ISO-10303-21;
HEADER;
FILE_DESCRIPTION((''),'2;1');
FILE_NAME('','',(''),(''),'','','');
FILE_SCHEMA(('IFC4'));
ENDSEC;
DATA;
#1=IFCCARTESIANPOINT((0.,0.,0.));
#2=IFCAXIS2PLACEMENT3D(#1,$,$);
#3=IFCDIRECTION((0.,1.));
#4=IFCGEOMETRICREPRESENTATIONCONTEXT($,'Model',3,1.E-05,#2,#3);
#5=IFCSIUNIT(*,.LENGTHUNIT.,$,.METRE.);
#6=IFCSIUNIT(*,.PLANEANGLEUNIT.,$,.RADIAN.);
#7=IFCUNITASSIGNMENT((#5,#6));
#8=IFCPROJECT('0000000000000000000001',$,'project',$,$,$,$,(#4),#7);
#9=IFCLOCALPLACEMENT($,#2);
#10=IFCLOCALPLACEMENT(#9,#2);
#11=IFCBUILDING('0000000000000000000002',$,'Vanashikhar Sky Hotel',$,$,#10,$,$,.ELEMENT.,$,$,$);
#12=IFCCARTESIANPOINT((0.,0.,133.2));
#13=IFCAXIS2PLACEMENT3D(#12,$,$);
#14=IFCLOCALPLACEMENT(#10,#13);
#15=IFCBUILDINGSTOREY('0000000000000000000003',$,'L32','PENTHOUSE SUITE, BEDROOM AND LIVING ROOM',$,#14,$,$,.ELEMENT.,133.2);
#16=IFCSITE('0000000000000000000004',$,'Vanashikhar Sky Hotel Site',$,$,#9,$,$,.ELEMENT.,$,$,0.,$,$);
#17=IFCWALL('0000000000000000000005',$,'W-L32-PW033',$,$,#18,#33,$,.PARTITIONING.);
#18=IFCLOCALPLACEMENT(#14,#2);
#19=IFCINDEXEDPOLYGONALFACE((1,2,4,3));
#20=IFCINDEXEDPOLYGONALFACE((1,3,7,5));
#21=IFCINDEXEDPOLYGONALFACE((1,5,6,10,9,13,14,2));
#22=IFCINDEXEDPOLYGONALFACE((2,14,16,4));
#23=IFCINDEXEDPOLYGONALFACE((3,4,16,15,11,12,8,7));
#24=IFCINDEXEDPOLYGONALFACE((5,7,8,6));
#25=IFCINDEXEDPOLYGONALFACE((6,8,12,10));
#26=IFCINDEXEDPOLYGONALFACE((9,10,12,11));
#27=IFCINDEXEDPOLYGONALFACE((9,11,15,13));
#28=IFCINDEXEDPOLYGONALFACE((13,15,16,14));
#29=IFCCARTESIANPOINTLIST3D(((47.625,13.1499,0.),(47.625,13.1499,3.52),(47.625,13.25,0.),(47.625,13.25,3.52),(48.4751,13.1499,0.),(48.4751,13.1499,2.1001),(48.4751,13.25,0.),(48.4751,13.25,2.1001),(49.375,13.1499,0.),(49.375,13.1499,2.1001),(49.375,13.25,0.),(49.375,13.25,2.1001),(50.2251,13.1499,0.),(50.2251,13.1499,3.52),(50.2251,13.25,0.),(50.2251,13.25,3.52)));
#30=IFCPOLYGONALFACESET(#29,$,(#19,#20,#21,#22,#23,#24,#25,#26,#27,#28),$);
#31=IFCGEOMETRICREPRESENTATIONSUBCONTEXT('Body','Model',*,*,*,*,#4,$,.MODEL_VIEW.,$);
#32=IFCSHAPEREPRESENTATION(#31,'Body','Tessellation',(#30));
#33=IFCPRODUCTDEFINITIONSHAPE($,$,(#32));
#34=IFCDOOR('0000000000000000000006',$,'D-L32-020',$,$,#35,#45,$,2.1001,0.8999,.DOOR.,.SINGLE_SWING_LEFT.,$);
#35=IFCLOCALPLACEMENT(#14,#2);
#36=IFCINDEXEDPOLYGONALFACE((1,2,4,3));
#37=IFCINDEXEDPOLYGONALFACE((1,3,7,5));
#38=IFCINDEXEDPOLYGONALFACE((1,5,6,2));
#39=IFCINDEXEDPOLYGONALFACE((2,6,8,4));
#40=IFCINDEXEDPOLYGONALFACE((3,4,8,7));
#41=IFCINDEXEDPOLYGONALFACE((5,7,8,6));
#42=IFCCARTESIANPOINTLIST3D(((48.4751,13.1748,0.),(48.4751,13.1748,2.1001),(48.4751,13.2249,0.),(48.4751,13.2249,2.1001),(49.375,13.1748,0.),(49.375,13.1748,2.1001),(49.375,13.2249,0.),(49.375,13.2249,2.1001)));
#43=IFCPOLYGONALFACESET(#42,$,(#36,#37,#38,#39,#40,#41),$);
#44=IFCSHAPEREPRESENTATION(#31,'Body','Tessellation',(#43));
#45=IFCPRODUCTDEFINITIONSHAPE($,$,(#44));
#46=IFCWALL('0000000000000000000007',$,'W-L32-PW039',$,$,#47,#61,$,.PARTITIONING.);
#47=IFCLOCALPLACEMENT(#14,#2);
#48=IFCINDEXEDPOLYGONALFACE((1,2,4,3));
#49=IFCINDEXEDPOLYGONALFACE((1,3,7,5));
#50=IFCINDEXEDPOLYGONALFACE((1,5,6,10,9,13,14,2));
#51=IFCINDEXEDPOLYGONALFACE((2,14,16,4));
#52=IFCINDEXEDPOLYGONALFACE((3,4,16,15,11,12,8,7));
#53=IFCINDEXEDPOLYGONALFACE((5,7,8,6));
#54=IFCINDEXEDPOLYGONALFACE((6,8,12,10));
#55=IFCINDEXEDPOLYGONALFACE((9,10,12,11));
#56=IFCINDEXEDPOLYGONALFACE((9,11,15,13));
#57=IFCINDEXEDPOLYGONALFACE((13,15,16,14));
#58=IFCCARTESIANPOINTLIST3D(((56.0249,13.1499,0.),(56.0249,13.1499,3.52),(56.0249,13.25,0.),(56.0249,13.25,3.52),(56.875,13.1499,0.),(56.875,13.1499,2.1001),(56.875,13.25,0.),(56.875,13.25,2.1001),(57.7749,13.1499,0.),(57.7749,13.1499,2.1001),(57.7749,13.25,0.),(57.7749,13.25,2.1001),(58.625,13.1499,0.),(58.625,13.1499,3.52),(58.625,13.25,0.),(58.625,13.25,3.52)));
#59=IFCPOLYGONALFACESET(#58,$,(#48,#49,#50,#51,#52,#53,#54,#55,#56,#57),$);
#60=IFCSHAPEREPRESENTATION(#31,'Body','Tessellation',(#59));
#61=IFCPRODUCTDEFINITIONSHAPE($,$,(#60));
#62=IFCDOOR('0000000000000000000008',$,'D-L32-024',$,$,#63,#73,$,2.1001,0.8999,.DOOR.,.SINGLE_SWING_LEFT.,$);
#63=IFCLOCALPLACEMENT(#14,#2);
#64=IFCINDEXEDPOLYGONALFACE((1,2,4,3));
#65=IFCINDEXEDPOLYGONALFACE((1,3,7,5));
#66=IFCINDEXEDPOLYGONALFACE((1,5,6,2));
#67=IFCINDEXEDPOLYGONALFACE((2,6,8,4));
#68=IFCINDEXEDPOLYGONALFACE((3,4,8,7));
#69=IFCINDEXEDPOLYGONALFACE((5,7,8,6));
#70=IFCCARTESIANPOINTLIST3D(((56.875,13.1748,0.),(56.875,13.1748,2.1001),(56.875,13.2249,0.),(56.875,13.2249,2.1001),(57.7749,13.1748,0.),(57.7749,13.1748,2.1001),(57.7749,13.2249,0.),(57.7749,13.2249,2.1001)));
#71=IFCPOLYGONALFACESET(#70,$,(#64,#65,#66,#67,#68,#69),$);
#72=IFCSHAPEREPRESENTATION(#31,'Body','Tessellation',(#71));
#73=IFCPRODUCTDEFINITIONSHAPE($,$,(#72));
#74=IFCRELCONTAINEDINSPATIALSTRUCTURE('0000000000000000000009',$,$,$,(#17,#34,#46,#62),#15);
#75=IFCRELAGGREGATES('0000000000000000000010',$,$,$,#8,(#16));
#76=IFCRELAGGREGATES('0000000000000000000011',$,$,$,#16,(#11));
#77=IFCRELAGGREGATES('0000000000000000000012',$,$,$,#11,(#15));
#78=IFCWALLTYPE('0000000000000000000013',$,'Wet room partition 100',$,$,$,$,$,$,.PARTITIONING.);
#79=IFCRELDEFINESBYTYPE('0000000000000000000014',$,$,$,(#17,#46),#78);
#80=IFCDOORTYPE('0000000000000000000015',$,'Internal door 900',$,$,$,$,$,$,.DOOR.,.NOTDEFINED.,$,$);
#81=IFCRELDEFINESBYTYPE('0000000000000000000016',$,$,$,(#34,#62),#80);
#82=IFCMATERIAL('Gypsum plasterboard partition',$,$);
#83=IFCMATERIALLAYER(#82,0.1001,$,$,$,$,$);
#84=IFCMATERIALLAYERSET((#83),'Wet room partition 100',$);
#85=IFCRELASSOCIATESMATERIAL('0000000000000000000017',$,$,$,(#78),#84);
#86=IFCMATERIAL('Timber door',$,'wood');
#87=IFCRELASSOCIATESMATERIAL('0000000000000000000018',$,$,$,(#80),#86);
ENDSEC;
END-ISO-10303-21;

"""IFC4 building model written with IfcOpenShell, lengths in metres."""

from ifc_helpers import new_model, si_unit, direction, frame, frame_2d, origin, place, context, subcontext, project, spatial, rectangle, extrude, source, transform, mapped, material, layer, layer_set, type_object, element, fill, save


model = new_model("IFC4")

# Units and contexts
model_context = context("Model", 3, precision=1e-05, world=origin(), true_north=direction((0.0, 1.0)))
body_context = subcontext(model_context, "Body", "Model", "MODEL_VIEW")
ifc_project = project(units=[si_unit("LENGTHUNIT", "METRE"), si_unit("PLANEANGLEUNIT", "RADIAN")], contexts=[model_context])

# Site, building, storey
site_placement = place(None, origin())
site = spatial("IfcSite", under=ifc_project, at=site_placement, Name="Vanashikhar Sky Hotel Site", CompositionType="ELEMENT", RefElevation=0.0)
building_placement = place(site_placement, origin())
building = spatial("IfcBuilding", under=site, at=building_placement, Name="Vanashikhar Sky Hotel", CompositionType="ELEMENT")
storey_placement = place(building_placement, frame((0.0, 0.0, 133.2)))
storey = spatial("IfcBuildingStorey", under=building, at=storey_placement, Name="L32", Description="PENTHOUSE SUITE, BEDROOM AND LIVING ROOM", CompositionType="ELEMENT", Elevation=133.2)

# Shared definitions
ifc_material_1 = material(Name="Gypsum plasterboard partition")
ifc_layer_1 = layer(ifc_material_1, 0.1001)
ifc_layer_set_1 = layer_set([ifc_layer_1], Name="Wet room partition 100")
wall_type_1 = type_object("IfcWallType", Name="Wet room partition 100", PredefinedType="PARTITIONING", material=ifc_layer_set_1)
shared_shape_1 = source(origin(), body_context, "Body", "SweptSolid", [
    extrude(rectangle(XDim=0.8999, YDim=2.1001, at=frame_2d((0.45, 1.05))), frame((0.0, 0.0601, 0.0), z_axis=(0.0, -1.0, 0.0), x_axis=(1.0, 0.0, 0.0)), (0.0, 0.0, 1.0), 0.1201),
])
ifc_material_2 = material(Name="Timber door", Category="wood")
door_type = type_object("IfcDoorType", Name="Internal door 900", OperationType="NOTDEFINED", PredefinedType="DOOR", material=ifc_material_2)
shared_shape_2 = source(origin(), body_context, "Body", "SweptSolid", [
    extrude(rectangle(XDim=0.8999, YDim=2.1001, at=frame_2d((0.45, 1.05))), frame((0.0, 0.0249, 0.0), z_axis=(0.0, -1.0, 0.0), x_axis=(1.0, 0.0, 0.0)), (0.0, 0.0, 1.0), 0.05),
])

# Walls, openings, doors
shared_shape_3 = source(origin(), body_context, "Body", "SweptSolid", [
    extrude(rectangle(XDim=2.6001, YDim=0.1001, at=frame_2d((1.3, 0.0))), origin(), (0.0, 0.0, 1.0), 3.52),
])
wall_1_placement = place(storey_placement, frame((47.625, 13.2, 0.0), z_axis=(0.0, 0.0, 1.0), x_axis=(1.0, 0.0, 0.0)))
wall_1 = element("IfcWall", 1, at=wall_1_placement, inside=storey, type_object=wall_type_1, Name="W-L32-PW033", PredefinedType="PARTITIONING", context=body_context, shape_type="MappedRepresentation", body=[
    mapped(shared_shape_3, transform((0.0, 0.0, 0.0), scale=1.0)),
])
opening_1_placement = place(wall_1_placement, frame((0.8501, 0.0, 0.0)))
opening_1 = element("IfcOpeningElement", 2, at=opening_1_placement, cuts=wall_1, PredefinedType="OPENING", context=body_context, shape_type="MappedRepresentation", body=[
    mapped(shared_shape_1, transform((0.0, 0.0, 0.0), scale=1.0)),
])
door_1_placement = place(opening_1_placement, origin())
door_1 = element("IfcDoor", 3, at=door_1_placement, inside=storey, type_object=door_type, Name="D-L32-020", OperationType="SINGLE_SWING_LEFT", OverallHeight=2.1001, OverallWidth=0.8999, PredefinedType="DOOR", context=body_context, shape_type="MappedRepresentation", body=[
    mapped(shared_shape_2, transform((0.0, 0.0, 0.0), scale=1.0)),
])
fill(opening_1, door_1)
wall_2_placement = place(storey_placement, frame((56.0249, 13.2, 0.0), z_axis=(0.0, 0.0, 1.0), x_axis=(1.0, 0.0, 0.0)))
wall_2 = element("IfcWall", 4, at=wall_2_placement, inside=storey, type_object=wall_type_1, Name="W-L32-PW039", PredefinedType="PARTITIONING", context=body_context, shape_type="MappedRepresentation", body=[
    mapped(shared_shape_3, transform((0.0, 0.0, 0.0), scale=1.0)),
])
opening_2_placement = place(wall_2_placement, frame((0.8501, 0.0, 0.0)))
opening_2 = element("IfcOpeningElement", 5, at=opening_2_placement, cuts=wall_2, PredefinedType="OPENING", context=body_context, shape_type="MappedRepresentation", body=[
    mapped(shared_shape_1, transform((0.0, 0.0, 0.0), scale=1.0)),
])
door_2_placement = place(opening_2_placement, origin())
door_2 = element("IfcDoor", 6, at=door_2_placement, inside=storey, type_object=door_type, Name="D-L32-024", OperationType="SINGLE_SWING_LEFT", OverallHeight=2.1001, OverallWidth=0.8999, PredefinedType="DOOR", context=body_context, shape_type="MappedRepresentation", body=[
    mapped(shared_shape_2, transform((0.0, 0.0, 0.0), scale=1.0)),
])
fill(opening_2, door_2)

save(model, "model.ifc")
